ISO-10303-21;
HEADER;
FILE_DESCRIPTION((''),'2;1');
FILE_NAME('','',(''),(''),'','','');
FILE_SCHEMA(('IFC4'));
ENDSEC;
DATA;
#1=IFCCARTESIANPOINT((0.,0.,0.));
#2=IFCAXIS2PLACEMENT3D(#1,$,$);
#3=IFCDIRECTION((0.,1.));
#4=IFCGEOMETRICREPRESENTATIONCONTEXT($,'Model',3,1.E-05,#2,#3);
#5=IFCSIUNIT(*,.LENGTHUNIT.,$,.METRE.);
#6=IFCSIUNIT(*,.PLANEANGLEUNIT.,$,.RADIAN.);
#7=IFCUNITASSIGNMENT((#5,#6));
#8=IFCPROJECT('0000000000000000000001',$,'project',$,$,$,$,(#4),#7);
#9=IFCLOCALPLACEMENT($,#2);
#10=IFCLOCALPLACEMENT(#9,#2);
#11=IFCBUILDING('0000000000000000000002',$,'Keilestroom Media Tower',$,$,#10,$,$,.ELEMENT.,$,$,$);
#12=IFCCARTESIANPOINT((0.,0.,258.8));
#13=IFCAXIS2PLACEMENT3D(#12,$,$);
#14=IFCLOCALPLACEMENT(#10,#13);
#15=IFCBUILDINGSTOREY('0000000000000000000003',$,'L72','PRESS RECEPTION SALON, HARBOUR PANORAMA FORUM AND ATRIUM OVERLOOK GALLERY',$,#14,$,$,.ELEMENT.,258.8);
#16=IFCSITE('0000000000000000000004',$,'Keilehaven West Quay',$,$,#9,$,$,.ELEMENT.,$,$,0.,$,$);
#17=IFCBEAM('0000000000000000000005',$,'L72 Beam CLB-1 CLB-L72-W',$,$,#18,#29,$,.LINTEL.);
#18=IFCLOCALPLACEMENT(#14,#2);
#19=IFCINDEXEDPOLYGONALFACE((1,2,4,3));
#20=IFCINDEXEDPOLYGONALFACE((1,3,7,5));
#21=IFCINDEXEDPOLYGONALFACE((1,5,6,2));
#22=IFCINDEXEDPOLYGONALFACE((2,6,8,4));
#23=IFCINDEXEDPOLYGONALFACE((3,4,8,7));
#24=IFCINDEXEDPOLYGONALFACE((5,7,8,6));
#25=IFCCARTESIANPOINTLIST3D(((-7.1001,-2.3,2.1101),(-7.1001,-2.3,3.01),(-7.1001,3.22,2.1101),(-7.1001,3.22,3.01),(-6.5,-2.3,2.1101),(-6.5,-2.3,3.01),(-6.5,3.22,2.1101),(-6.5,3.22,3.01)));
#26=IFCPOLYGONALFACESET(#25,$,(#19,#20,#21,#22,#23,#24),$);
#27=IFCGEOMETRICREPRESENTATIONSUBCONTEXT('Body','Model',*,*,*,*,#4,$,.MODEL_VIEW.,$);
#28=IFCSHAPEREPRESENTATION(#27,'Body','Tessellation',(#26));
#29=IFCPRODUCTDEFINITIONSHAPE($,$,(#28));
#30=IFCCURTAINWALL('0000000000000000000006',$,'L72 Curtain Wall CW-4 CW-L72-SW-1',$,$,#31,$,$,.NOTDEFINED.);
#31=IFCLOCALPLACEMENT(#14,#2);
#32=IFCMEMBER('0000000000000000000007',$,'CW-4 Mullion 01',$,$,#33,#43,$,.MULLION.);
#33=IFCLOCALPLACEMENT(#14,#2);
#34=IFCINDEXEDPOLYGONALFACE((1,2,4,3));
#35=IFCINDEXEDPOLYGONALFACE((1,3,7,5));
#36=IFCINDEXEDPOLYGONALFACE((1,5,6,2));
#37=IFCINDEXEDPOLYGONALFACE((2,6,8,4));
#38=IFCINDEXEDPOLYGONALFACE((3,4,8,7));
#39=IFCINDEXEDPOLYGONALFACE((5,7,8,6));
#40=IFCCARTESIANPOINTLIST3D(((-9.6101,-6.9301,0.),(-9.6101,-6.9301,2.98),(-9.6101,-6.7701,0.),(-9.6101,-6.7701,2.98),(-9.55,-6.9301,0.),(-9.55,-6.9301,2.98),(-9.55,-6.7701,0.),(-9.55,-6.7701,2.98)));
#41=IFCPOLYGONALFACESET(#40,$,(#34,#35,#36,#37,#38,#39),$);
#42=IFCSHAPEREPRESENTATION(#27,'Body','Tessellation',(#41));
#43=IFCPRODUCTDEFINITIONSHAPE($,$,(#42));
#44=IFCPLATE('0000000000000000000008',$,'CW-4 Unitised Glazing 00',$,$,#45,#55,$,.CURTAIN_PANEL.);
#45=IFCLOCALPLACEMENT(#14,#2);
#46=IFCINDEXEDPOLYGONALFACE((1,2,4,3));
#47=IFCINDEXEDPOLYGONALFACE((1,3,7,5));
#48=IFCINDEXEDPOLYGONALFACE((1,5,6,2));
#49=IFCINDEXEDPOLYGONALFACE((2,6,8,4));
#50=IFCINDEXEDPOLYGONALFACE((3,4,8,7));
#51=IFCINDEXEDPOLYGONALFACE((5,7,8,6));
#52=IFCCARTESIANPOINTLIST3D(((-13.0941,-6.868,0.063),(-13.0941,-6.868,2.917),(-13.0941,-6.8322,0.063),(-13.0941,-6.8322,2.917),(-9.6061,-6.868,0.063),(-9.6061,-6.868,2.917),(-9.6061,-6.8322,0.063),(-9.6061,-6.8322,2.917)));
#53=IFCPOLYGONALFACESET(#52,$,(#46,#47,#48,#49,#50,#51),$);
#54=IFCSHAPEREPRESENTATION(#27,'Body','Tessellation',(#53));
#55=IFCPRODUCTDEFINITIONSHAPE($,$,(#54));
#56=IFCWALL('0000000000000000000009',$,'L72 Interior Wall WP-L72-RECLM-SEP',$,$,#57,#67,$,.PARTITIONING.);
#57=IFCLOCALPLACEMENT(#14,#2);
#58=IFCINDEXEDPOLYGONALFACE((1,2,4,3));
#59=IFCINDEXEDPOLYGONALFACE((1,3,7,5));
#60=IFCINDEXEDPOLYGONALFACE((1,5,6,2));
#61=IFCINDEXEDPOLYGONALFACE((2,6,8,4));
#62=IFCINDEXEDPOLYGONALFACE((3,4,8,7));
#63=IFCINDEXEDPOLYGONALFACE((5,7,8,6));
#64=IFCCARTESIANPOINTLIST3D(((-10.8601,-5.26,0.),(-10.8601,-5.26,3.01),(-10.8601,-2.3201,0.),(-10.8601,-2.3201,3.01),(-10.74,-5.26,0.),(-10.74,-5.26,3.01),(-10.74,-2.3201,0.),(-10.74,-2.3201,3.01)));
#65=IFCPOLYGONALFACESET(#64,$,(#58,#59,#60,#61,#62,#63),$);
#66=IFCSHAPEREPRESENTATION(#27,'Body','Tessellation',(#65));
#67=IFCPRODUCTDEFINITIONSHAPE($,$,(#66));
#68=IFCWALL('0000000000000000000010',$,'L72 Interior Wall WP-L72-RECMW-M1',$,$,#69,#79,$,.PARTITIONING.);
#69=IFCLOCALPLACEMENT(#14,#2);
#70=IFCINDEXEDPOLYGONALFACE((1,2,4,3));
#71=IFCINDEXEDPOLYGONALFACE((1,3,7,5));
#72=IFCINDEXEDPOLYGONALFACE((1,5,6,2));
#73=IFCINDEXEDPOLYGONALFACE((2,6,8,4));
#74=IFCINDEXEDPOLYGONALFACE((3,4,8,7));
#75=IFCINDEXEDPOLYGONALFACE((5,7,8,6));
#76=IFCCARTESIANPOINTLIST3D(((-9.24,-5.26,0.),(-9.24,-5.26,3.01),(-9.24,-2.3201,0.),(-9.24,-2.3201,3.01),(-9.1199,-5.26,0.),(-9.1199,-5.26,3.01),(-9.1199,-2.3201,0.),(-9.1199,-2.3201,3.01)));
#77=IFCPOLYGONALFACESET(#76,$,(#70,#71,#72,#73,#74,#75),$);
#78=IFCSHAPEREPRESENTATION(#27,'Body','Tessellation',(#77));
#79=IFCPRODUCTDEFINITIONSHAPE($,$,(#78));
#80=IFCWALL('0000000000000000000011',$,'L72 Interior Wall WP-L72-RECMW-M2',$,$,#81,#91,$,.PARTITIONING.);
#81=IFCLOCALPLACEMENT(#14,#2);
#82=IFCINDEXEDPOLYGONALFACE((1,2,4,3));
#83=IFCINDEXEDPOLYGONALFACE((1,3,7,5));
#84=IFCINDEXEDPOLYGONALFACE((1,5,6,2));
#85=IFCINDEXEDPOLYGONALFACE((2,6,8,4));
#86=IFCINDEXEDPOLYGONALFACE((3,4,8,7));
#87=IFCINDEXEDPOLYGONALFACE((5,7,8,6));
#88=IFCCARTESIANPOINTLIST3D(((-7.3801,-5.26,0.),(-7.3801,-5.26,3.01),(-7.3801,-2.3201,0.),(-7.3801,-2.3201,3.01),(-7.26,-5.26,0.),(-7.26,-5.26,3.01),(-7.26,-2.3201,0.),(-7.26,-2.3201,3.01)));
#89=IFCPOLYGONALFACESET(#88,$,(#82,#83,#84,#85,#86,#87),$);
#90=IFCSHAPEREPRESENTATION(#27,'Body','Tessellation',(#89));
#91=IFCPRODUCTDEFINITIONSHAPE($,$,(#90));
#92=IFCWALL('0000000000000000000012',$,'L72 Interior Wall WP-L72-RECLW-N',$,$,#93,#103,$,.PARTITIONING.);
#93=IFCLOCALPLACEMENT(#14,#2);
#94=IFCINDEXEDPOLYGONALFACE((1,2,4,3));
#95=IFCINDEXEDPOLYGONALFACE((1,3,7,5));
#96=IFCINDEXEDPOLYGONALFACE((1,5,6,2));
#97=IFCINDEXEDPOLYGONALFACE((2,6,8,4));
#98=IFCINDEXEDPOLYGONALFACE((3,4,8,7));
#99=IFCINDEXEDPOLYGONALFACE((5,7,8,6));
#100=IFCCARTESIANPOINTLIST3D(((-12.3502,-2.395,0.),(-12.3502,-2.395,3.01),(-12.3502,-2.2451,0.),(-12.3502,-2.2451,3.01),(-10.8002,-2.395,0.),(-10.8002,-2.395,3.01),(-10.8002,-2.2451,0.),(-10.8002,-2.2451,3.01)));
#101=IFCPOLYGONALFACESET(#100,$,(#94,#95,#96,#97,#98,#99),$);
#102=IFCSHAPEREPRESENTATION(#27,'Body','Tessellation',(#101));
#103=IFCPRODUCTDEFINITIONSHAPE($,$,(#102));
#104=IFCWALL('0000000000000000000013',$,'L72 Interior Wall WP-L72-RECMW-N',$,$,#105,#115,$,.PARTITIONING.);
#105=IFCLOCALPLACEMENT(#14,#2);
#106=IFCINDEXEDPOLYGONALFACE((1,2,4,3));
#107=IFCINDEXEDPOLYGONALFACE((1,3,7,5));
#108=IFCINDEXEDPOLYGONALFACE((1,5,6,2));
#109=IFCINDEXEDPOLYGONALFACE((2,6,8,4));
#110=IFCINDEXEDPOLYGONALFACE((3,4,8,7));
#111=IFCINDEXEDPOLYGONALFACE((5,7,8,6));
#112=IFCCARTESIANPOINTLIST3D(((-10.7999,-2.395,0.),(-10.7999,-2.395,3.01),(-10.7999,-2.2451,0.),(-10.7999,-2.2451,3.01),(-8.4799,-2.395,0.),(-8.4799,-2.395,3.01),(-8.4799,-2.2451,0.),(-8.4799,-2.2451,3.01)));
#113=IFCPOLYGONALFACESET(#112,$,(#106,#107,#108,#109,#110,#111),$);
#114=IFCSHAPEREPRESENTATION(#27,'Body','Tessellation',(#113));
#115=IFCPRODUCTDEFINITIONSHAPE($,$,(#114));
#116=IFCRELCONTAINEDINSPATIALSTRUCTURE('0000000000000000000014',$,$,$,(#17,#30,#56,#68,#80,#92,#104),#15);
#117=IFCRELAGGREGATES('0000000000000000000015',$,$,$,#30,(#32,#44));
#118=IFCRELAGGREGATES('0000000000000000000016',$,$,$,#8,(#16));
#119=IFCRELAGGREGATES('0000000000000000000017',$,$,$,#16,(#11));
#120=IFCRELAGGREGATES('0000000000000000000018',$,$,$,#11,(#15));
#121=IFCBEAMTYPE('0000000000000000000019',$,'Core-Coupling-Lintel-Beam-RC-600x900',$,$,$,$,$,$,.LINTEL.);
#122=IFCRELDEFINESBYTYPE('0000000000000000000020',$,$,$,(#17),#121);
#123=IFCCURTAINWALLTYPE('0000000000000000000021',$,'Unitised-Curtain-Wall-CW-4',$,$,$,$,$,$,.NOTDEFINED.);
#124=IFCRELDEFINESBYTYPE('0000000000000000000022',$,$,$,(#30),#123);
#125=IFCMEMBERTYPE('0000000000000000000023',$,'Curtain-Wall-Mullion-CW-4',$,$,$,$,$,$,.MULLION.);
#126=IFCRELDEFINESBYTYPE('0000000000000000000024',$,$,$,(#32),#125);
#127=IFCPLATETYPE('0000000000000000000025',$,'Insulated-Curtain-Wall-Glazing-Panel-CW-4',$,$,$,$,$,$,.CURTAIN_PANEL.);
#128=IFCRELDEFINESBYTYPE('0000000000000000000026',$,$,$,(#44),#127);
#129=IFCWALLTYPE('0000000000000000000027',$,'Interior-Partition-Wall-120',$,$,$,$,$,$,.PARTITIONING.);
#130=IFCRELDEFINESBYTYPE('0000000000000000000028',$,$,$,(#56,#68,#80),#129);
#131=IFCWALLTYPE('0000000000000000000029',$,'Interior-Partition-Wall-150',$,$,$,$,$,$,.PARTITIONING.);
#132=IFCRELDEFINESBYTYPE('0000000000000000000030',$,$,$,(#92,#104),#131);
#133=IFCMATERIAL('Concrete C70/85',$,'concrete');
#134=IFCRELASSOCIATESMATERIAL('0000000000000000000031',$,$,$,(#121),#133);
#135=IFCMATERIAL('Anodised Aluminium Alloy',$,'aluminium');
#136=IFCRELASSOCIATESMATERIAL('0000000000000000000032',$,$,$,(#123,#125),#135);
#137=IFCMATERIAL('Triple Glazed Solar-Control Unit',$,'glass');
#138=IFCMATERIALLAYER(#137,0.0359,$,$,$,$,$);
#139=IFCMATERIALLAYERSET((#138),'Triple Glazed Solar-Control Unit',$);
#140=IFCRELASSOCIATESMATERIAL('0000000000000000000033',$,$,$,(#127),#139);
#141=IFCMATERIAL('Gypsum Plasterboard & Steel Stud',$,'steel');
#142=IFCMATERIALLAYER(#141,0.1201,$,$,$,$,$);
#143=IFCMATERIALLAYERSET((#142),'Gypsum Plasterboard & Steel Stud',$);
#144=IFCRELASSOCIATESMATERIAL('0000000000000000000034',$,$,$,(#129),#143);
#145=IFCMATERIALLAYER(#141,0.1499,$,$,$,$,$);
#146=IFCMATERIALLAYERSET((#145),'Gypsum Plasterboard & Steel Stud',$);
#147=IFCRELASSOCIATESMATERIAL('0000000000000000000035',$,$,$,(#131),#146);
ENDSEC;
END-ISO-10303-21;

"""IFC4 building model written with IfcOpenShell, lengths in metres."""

from ifc_helpers import new_model, si_unit, direction, frame, frame_2d, origin, origin_2d, place, context, subcontext, project, spatial, rectangle, extrude, source, transform, mapped, material, layer, layer_set, material_profile, profile_set, type_object, element, aggregate, save


model = new_model("IFC4")

# Units and contexts
model_context = context("Model", 3, precision=1e-05, world=origin(), true_north=direction((0.0, 1.0)))
body_context = subcontext(model_context, "Body", "Model", "MODEL_VIEW")
ifc_project = project(units=[si_unit("LENGTHUNIT", "METRE"), si_unit("PLANEANGLEUNIT", "RADIAN")], contexts=[model_context])

# Site, building, storey
site_placement = place(None, origin())
site = spatial("IfcSite", under=ifc_project, at=site_placement, Name="Keilehaven West Quay", CompositionType="ELEMENT", RefElevation=0.0)
building_placement = place(site_placement, origin())
building = spatial("IfcBuilding", under=site, at=building_placement, Name="Keilestroom Media Tower", CompositionType="ELEMENT")
storey_placement = place(building_placement, frame((0.0, 0.0, 258.8)))
storey = spatial("IfcBuildingStorey", under=building, at=storey_placement, Name="L72", Description="PRESS RECEPTION SALON, HARBOUR PANORAMA FORUM AND ATRIUM OVERLOOK GALLERY", CompositionType="ELEMENT", Elevation=258.8)

# Beam
ifc_material_1 = material(Name="Concrete C70/85", Category="concrete")
ifc_material_profile_1 = material_profile(ifc_material_1, rectangle(XDim=0.6001, YDim=0.8999, at=origin_2d()), Name="RC 600x900")
ifc_profile_set_1 = profile_set([ifc_material_profile_1], Name="Concrete C70/85")
beam_type = type_object("IfcBeamType", Name="Core-Coupling-Lintel-Beam-RC-600x900", PredefinedType="LINTEL", material=ifc_profile_set_1)
shared_shape_1 = source(origin(), body_context, "Body", "SweptSolid", [
    extrude(rectangle(XDim=0.6001, YDim=0.8999, at=origin_2d()), origin(), (0.0, 0.0, 1.0), 5.52),
])
beam_placement = place(storey_placement, frame((-6.8, -2.3, 2.5601), z_axis=(0.0, 1.0, 0.0), x_axis=(-1.0, 0.0, 0.0)))
element("IfcBeam", 1, at=beam_placement, inside=storey, type_object=beam_type, Name="L72 Beam CLB-1 CLB-L72-W", PredefinedType="LINTEL", context=body_context, shape_type="MappedRepresentation", body=[
    mapped(shared_shape_1, transform((0.0, 0.0, 0.0), x_axis=(1.0, 0.0, 0.0), y_axis=(0.0, 1.0, 0.0), z_axis=(0.0, 0.0, 1.0), scale=1.0)),
])

# Curtain wall, member, plate
ifc_material_2 = material(Name="Anodised Aluminium Alloy", Category="aluminium")
curtain_wall_type = type_object("IfcCurtainWallType", Name="Unitised-Curtain-Wall-CW-4", PredefinedType="NOTDEFINED", material=ifc_material_2)
curtain_wall_placement = place(storey_placement, origin())
curtain_wall = element("IfcCurtainWall", 2, at=curtain_wall_placement, inside=storey, type_object=curtain_wall_type, Name="L72 Curtain Wall CW-4 CW-L72-SW-1", PredefinedType="NOTDEFINED")
ifc_material_profile_2 = material_profile(ifc_material_2, rectangle(XDim=0.0601, YDim=0.1599, at=origin_2d()), Name="ALU MULLION 60x160")
ifc_profile_set_2 = profile_set([ifc_material_profile_2], Name="Anodised Aluminium Alloy")
member_type = type_object("IfcMemberType", Name="Curtain-Wall-Mullion-CW-4", PredefinedType="MULLION", material=ifc_profile_set_2)
shared_shape_2 = source(origin(), body_context, "Body", "SweptSolid", [
    extrude(rectangle(XDim=0.0601, YDim=0.1599, at=origin_2d()), origin(), (0.0, 0.0, 1.0), 2.98),
])
member_placement = place(storey_placement, frame((-9.5801, -6.8501, 0.0), z_axis=(0.0, 0.0, 1.0), x_axis=(1.0, 0.0, 0.0)))
member = element("IfcMember", 3, at=member_placement, type_object=member_type, Name="CW-4 Mullion 01", PredefinedType="MULLION", context=body_context, shape_type="MappedRepresentation", body=[
    mapped(shared_shape_2, transform((0.0, 0.0, 0.0), x_axis=(1.0, 0.0, 0.0), y_axis=(0.0, 1.0, 0.0), z_axis=(0.0, 0.0, 1.0), scale=1.0)),
])
ifc_material_3 = material(Name="Triple Glazed Solar-Control Unit", Category="glass")
ifc_layer_1 = layer(ifc_material_3, 0.0359)
ifc_layer_set_1 = layer_set([ifc_layer_1], Name="Triple Glazed Solar-Control Unit")
plate_type = type_object("IfcPlateType", Name="Insulated-Curtain-Wall-Glazing-Panel-CW-4", PredefinedType="CURTAIN_PANEL", material=ifc_layer_set_1)
shared_shape_3 = source(origin(), body_context, "Body", "SweptSolid", [
    extrude(rectangle(XDim=3.488, YDim=0.0359, at=origin_2d()), origin(), (0.0, 0.0, 1.0), 2.854),
])
plate_placement = place(storey_placement, frame((-11.3501, -6.8501, 0.063), z_axis=(0.0, 0.0, 1.0), x_axis=(1.0, 0.0, 0.0)))
plate = element("IfcPlate", 4, at=plate_placement, type_object=plate_type, Name="CW-4 Unitised Glazing 00", PredefinedType="CURTAIN_PANEL", context=body_context, shape_type="MappedRepresentation", body=[
    mapped(shared_shape_3, transform((0.0, 0.0, 0.0), x_axis=(1.0, 0.0, 0.0), y_axis=(0.0, 1.0, 0.0), z_axis=(0.0, 0.0, 1.0), scale=1.0)),
])
aggregate(curtain_wall, [member, plate])

# Walls
ifc_material_4 = material(Name="Gypsum Plasterboard & Steel Stud", Category="steel")
ifc_layer_2 = layer(ifc_material_4, 0.1201)
ifc_layer_set_2 = layer_set([ifc_layer_2], Name="Gypsum Plasterboard & Steel Stud")
wall_type_1 = type_object("IfcWallType", Name="Interior-Partition-Wall-120", PredefinedType="PARTITIONING", material=ifc_layer_set_2)
for number, where, z_axis, x_axis, name in (
    (5, (-10.8, -5.26, 0.0), (0.0, 0.0, 1.0), (0.0, 1.0, 0.0), "L72 Interior Wall WP-L72-RECLM-SEP"),
    (6, (-9.1799, -5.26, 0.0), (0.0, 0.0, 1.0), (0.0, 1.0, 0.0), "L72 Interior Wall WP-L72-RECMW-M1"),
    (7, (-7.3201, -5.26, 0.0), (0.0, 0.0, 1.0), (0.0, 1.0, 0.0), "L72 Interior Wall WP-L72-RECMW-M2"),
):
    element("IfcWall", number, at=place(storey_placement, frame(where, z_axis=z_axis, x_axis=x_axis)), inside=storey, type_object=wall_type_1, Name=name, PredefinedType="PARTITIONING", context=body_context, shape_type="SweptSolid", body=[
        extrude(rectangle(XDim=2.9399, YDim=0.1201, at=frame_2d((1.47, 0.0))), origin(), (0.0, 0.0, 1.0), 3.01),
    ])
ifc_layer_3 = layer(ifc_material_4, 0.1499)
ifc_layer_set_3 = layer_set([ifc_layer_3], Name="Gypsum Plasterboard & Steel Stud")
wall_type_2 = type_object("IfcWallType", Name="Interior-Partition-Wall-150", PredefinedType="PARTITIONING", material=ifc_layer_set_3)
wall_1_placement = place(storey_placement, frame((-12.3501, -2.3201, 0.0), z_axis=(0.0, 0.0, 1.0), x_axis=(1.0, 0.0, 0.0)))
element("IfcWall", 8, at=wall_1_placement, inside=storey, type_object=wall_type_2, Name="L72 Interior Wall WP-L72-RECLW-N", PredefinedType="PARTITIONING", context=body_context, shape_type="SweptSolid", body=[
    extrude(rectangle(XDim=1.55, YDim=0.1499, at=frame_2d((0.7749, 0.0))), origin(), (0.0, 0.0, 1.0), 3.01),
])
wall_2_placement = place(storey_placement, frame((-10.8, -2.3201, 0.0), z_axis=(0.0, 0.0, 1.0), x_axis=(1.0, 0.0, 0.0)))
element("IfcWall", 9, at=wall_2_placement, inside=storey, type_object=wall_type_2, Name="L72 Interior Wall WP-L72-RECMW-N", PredefinedType="PARTITIONING", context=body_context, shape_type="SweptSolid", body=[
    extrude(rectangle(XDim=2.3201, YDim=0.1499, at=frame_2d((1.1602, 0.0))), origin(), (0.0, 0.0, 1.0), 3.01),
])

save(model, "model.ifc")
